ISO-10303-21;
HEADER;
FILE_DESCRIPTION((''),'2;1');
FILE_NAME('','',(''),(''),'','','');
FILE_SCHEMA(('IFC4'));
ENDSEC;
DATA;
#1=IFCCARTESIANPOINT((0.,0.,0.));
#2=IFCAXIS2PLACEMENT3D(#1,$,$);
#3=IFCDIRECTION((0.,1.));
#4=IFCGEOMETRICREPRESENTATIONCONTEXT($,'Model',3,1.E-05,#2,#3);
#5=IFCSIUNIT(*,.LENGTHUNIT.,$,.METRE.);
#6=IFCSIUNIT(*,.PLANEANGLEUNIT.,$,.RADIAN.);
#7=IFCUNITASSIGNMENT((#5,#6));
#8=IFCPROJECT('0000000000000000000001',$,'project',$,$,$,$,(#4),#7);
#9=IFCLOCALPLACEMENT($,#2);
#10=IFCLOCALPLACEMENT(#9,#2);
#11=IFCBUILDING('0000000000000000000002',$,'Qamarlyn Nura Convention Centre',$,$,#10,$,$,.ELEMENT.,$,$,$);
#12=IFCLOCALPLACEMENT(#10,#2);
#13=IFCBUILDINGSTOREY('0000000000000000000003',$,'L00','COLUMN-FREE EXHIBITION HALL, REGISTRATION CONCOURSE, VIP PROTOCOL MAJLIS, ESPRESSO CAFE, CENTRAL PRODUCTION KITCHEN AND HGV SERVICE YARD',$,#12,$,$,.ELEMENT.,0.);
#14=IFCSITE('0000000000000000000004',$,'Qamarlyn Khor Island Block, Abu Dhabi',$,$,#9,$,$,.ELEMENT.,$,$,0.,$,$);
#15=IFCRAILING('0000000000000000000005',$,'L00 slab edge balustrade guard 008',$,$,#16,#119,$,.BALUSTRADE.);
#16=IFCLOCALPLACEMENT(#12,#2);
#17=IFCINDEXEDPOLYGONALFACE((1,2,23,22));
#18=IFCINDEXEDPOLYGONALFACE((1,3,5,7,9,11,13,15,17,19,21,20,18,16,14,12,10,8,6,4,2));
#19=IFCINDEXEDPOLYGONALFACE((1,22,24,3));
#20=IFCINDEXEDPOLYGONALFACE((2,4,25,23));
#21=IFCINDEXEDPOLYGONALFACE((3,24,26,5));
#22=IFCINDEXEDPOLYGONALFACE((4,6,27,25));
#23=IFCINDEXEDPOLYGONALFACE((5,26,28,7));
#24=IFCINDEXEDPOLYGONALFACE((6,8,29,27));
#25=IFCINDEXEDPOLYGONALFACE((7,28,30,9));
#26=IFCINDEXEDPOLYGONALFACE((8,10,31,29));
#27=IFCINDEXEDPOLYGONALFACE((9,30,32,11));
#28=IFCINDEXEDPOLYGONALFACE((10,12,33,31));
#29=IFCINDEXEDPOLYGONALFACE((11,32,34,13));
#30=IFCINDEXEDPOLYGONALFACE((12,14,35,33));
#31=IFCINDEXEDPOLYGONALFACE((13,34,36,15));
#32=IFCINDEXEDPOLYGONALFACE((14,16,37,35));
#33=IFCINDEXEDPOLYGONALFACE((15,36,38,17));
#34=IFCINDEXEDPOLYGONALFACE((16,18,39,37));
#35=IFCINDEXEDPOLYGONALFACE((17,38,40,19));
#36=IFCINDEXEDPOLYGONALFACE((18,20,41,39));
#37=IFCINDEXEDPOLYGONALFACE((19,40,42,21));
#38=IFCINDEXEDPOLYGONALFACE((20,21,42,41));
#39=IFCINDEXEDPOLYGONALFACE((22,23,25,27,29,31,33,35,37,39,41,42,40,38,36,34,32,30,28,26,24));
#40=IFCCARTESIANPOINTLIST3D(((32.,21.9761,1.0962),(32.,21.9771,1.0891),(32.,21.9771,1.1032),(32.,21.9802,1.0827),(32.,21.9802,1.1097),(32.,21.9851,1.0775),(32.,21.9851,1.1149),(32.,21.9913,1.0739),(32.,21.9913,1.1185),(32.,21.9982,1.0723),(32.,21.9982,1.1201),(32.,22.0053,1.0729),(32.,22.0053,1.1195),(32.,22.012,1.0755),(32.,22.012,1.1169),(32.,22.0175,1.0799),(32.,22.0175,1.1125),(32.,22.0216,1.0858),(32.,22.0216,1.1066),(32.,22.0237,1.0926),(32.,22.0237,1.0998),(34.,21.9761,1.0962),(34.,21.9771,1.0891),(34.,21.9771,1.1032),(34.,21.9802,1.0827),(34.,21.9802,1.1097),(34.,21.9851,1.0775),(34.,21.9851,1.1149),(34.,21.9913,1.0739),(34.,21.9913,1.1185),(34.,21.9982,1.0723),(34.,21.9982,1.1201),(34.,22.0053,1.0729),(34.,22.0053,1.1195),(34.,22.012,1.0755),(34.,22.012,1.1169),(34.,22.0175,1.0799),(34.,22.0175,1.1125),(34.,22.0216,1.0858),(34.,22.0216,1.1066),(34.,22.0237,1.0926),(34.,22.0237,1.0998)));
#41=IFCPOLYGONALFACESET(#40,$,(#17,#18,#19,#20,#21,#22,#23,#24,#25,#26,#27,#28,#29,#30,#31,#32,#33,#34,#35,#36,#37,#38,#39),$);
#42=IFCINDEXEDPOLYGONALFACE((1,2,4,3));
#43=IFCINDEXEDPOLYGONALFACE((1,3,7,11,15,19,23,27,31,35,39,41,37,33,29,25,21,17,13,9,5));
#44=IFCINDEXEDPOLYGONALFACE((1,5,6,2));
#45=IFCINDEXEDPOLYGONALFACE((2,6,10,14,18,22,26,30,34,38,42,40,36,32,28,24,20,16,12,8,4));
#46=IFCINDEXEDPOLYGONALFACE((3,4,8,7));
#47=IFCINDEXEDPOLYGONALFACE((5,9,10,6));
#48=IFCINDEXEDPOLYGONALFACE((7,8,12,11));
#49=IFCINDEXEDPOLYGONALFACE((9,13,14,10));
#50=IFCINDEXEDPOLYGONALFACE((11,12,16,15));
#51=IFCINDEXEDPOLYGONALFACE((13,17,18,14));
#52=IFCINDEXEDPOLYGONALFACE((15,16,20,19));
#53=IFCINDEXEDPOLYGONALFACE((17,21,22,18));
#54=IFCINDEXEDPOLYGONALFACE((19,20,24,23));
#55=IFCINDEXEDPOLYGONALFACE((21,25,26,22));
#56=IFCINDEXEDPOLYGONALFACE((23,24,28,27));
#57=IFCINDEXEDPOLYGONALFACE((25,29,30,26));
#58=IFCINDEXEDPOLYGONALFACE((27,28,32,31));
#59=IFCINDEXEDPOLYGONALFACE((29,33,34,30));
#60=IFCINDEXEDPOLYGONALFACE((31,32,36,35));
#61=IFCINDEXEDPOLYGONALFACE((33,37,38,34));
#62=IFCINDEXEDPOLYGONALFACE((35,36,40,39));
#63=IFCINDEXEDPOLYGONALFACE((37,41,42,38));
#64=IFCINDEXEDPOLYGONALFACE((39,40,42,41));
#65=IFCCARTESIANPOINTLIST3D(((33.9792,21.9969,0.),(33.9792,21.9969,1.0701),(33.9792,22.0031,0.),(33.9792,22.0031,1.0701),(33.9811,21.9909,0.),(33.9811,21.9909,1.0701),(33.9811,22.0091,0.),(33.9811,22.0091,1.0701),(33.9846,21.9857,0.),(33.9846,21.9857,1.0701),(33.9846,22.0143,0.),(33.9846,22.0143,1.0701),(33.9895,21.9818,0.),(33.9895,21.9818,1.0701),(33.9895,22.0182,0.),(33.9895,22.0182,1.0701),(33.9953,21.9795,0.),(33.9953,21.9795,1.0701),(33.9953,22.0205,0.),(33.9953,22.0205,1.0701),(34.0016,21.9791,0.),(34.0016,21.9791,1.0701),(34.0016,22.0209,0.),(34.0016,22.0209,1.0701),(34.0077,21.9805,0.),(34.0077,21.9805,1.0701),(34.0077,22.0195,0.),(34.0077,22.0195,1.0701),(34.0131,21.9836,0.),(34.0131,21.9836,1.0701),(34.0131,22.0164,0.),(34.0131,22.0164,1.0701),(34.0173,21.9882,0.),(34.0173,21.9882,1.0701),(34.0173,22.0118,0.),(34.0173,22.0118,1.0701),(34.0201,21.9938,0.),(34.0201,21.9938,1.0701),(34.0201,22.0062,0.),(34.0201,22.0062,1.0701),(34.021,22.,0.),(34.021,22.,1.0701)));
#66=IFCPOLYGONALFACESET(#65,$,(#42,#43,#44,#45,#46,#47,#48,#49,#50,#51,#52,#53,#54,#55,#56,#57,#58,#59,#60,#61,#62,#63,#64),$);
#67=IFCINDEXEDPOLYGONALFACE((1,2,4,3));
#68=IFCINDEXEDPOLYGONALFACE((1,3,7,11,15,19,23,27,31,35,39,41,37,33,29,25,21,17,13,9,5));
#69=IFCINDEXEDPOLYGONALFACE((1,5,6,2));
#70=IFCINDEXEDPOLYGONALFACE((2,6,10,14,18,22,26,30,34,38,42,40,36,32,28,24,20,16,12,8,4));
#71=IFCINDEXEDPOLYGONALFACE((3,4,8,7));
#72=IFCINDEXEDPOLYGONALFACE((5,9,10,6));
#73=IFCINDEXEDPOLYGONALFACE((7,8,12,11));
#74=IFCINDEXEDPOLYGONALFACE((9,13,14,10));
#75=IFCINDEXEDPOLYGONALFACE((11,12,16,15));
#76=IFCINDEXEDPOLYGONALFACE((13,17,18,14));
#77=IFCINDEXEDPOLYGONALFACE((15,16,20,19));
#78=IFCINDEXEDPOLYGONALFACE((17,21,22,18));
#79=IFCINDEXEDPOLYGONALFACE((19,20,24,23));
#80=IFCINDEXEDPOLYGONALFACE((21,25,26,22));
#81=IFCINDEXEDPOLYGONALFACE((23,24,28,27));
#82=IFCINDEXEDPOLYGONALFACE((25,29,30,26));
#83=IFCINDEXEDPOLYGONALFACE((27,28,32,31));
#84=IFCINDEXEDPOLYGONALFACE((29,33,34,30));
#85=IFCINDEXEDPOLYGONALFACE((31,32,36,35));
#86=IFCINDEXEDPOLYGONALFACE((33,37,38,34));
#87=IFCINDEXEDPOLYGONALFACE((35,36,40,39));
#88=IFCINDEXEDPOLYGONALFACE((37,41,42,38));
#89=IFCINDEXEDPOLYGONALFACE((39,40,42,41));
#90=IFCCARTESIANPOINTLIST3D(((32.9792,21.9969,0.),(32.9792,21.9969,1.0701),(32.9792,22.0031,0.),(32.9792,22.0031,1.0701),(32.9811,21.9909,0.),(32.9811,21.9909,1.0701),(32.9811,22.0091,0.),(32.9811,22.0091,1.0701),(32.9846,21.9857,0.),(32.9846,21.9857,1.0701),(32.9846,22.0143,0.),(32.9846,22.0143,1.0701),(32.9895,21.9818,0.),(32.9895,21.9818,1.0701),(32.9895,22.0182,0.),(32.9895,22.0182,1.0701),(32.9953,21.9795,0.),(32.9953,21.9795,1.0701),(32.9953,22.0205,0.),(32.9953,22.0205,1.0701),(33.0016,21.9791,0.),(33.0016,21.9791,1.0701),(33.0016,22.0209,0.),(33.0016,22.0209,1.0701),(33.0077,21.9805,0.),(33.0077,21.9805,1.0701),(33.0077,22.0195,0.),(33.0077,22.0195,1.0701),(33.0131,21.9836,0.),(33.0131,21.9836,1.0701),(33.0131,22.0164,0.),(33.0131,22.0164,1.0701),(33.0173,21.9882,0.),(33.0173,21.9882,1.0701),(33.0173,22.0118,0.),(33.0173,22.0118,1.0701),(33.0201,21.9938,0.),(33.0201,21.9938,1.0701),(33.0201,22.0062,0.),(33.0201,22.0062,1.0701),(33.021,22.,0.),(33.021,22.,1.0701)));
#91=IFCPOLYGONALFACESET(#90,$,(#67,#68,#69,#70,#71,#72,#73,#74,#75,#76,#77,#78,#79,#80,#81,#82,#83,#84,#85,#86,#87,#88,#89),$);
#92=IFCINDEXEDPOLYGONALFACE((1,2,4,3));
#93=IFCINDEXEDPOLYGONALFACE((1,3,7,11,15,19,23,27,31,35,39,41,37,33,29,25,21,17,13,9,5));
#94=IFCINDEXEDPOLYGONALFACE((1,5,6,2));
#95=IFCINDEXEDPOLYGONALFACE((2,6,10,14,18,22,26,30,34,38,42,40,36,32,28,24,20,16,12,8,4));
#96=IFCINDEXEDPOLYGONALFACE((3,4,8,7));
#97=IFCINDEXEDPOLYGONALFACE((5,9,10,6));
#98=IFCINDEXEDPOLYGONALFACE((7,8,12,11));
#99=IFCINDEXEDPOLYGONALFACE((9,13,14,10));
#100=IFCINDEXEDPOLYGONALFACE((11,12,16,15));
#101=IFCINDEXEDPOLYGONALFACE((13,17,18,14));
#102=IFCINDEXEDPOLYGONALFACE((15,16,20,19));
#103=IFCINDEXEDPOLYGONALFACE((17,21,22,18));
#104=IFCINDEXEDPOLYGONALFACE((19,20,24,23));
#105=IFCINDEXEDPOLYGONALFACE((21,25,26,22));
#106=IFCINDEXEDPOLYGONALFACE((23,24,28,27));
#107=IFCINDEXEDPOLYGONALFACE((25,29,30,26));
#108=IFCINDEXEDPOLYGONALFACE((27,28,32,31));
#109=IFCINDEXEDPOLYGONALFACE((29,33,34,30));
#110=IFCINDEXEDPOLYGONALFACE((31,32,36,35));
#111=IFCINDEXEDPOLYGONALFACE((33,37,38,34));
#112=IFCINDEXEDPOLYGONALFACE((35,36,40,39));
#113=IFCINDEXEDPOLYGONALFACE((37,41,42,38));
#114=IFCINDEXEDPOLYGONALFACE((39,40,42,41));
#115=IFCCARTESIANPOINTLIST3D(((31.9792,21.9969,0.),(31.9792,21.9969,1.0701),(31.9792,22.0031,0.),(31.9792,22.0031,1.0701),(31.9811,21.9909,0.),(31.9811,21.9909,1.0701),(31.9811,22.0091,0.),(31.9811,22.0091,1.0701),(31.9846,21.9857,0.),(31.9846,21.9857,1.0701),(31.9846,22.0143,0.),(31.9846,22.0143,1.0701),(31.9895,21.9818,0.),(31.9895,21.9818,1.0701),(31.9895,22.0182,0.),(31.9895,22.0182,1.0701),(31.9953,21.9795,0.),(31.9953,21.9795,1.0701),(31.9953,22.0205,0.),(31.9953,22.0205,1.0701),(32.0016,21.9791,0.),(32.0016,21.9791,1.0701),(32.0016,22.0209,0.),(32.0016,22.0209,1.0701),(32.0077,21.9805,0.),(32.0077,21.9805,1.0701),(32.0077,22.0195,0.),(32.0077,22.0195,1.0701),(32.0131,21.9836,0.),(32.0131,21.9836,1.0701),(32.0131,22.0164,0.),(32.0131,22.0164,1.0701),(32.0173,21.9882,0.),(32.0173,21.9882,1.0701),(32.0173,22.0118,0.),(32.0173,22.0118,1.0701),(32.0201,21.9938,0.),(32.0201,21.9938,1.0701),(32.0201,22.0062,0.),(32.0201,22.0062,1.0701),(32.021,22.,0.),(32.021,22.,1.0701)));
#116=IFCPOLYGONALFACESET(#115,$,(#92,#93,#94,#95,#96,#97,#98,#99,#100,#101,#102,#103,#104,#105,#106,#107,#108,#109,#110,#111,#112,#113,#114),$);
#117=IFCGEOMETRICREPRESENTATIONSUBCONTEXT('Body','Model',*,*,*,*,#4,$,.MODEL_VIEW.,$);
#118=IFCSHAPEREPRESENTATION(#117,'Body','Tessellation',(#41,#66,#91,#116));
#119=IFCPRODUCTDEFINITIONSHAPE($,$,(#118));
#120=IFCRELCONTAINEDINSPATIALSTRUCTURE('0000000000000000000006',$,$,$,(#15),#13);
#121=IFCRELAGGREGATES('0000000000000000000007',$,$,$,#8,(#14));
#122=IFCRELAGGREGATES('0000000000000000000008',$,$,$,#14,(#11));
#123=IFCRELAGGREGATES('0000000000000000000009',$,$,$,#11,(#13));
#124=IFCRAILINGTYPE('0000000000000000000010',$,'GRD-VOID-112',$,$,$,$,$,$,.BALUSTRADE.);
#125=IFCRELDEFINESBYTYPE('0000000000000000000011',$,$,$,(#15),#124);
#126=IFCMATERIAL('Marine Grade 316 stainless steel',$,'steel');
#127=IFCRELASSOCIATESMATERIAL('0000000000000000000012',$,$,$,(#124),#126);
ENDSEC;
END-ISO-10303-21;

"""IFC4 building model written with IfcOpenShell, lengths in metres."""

from ifc_helpers import new_model, si_unit, direction, frame, origin, origin_2d, place, context, subcontext, project, spatial, circle, extrude, material, type_object, element, save


model = new_model("IFC4")

# Units and contexts
model_context = context("Model", 3, precision=1e-05, world=origin(), true_north=direction((0.0, 1.0)))
body_context = subcontext(model_context, "Body", "Model", "MODEL_VIEW")
ifc_project = project(units=[si_unit("LENGTHUNIT", "METRE"), si_unit("PLANEANGLEUNIT", "RADIAN")], contexts=[model_context])

# Site, building, storey
site_placement = place(None, origin())
site = spatial("IfcSite", under=ifc_project, at=site_placement, Name="Qamarlyn Khor Island Block, Abu Dhabi", CompositionType="ELEMENT", RefElevation=0.0)
building_placement = place(site_placement, origin())
building = spatial("IfcBuilding", under=site, at=building_placement, Name="Qamarlyn Nura Convention Centre", CompositionType="ELEMENT")
storey_placement = place(building_placement, origin())
storey = spatial("IfcBuildingStorey", under=building, at=storey_placement, Name="L00", Description="COLUMN-FREE EXHIBITION HALL, REGISTRATION CONCOURSE, VIP PROTOCOL MAJLIS, ESPRESSO CAFE, CENTRAL PRODUCTION KITCHEN AND HGV SERVICE YARD", CompositionType="ELEMENT", Elevation=0.0)

# Railing
ifc_material_1 = material(Name="Marine Grade 316 stainless steel", Category="steel")
railing_type = type_object("IfcRailingType", Name="GRD-VOID-112", PredefinedType="BALUSTRADE", material=ifc_material_1)
railing_1_placement = place(storey_placement, frame((34.0, 22.0, 0.0)))
element("IfcRailing", 1, at=railing_1_placement, inside=storey, type_object=railing_type, Name="L00 slab edge balustrade guard 008", PredefinedType="BALUSTRADE", context=body_context, shape_type="SweptSolid", body=[
    extrude(circle(Radius=0.0239, at=origin_2d()), frame((0.0, 0.0, 1.0962), z_axis=(-1.0, 0.0, 0.0), x_axis=(0.0, -1.0, 0.0)), (0.0, 0.0, 1.0), 2.0),
    extrude(circle(Radius=0.021, at=origin_2d()), origin(), (0.0, 0.0, 1.0), 1.0701),
    extrude(circle(Radius=0.021, at=origin_2d()), frame((-1.0, 0.0, 0.0)), (0.0, 0.0, 1.0), 1.0701),
    extrude(circle(Radius=0.021, at=origin_2d()), frame((-2.0, 0.0, 0.0)), (0.0, 0.0, 1.0), 1.0701),
])

save(model, "model.ifc")
